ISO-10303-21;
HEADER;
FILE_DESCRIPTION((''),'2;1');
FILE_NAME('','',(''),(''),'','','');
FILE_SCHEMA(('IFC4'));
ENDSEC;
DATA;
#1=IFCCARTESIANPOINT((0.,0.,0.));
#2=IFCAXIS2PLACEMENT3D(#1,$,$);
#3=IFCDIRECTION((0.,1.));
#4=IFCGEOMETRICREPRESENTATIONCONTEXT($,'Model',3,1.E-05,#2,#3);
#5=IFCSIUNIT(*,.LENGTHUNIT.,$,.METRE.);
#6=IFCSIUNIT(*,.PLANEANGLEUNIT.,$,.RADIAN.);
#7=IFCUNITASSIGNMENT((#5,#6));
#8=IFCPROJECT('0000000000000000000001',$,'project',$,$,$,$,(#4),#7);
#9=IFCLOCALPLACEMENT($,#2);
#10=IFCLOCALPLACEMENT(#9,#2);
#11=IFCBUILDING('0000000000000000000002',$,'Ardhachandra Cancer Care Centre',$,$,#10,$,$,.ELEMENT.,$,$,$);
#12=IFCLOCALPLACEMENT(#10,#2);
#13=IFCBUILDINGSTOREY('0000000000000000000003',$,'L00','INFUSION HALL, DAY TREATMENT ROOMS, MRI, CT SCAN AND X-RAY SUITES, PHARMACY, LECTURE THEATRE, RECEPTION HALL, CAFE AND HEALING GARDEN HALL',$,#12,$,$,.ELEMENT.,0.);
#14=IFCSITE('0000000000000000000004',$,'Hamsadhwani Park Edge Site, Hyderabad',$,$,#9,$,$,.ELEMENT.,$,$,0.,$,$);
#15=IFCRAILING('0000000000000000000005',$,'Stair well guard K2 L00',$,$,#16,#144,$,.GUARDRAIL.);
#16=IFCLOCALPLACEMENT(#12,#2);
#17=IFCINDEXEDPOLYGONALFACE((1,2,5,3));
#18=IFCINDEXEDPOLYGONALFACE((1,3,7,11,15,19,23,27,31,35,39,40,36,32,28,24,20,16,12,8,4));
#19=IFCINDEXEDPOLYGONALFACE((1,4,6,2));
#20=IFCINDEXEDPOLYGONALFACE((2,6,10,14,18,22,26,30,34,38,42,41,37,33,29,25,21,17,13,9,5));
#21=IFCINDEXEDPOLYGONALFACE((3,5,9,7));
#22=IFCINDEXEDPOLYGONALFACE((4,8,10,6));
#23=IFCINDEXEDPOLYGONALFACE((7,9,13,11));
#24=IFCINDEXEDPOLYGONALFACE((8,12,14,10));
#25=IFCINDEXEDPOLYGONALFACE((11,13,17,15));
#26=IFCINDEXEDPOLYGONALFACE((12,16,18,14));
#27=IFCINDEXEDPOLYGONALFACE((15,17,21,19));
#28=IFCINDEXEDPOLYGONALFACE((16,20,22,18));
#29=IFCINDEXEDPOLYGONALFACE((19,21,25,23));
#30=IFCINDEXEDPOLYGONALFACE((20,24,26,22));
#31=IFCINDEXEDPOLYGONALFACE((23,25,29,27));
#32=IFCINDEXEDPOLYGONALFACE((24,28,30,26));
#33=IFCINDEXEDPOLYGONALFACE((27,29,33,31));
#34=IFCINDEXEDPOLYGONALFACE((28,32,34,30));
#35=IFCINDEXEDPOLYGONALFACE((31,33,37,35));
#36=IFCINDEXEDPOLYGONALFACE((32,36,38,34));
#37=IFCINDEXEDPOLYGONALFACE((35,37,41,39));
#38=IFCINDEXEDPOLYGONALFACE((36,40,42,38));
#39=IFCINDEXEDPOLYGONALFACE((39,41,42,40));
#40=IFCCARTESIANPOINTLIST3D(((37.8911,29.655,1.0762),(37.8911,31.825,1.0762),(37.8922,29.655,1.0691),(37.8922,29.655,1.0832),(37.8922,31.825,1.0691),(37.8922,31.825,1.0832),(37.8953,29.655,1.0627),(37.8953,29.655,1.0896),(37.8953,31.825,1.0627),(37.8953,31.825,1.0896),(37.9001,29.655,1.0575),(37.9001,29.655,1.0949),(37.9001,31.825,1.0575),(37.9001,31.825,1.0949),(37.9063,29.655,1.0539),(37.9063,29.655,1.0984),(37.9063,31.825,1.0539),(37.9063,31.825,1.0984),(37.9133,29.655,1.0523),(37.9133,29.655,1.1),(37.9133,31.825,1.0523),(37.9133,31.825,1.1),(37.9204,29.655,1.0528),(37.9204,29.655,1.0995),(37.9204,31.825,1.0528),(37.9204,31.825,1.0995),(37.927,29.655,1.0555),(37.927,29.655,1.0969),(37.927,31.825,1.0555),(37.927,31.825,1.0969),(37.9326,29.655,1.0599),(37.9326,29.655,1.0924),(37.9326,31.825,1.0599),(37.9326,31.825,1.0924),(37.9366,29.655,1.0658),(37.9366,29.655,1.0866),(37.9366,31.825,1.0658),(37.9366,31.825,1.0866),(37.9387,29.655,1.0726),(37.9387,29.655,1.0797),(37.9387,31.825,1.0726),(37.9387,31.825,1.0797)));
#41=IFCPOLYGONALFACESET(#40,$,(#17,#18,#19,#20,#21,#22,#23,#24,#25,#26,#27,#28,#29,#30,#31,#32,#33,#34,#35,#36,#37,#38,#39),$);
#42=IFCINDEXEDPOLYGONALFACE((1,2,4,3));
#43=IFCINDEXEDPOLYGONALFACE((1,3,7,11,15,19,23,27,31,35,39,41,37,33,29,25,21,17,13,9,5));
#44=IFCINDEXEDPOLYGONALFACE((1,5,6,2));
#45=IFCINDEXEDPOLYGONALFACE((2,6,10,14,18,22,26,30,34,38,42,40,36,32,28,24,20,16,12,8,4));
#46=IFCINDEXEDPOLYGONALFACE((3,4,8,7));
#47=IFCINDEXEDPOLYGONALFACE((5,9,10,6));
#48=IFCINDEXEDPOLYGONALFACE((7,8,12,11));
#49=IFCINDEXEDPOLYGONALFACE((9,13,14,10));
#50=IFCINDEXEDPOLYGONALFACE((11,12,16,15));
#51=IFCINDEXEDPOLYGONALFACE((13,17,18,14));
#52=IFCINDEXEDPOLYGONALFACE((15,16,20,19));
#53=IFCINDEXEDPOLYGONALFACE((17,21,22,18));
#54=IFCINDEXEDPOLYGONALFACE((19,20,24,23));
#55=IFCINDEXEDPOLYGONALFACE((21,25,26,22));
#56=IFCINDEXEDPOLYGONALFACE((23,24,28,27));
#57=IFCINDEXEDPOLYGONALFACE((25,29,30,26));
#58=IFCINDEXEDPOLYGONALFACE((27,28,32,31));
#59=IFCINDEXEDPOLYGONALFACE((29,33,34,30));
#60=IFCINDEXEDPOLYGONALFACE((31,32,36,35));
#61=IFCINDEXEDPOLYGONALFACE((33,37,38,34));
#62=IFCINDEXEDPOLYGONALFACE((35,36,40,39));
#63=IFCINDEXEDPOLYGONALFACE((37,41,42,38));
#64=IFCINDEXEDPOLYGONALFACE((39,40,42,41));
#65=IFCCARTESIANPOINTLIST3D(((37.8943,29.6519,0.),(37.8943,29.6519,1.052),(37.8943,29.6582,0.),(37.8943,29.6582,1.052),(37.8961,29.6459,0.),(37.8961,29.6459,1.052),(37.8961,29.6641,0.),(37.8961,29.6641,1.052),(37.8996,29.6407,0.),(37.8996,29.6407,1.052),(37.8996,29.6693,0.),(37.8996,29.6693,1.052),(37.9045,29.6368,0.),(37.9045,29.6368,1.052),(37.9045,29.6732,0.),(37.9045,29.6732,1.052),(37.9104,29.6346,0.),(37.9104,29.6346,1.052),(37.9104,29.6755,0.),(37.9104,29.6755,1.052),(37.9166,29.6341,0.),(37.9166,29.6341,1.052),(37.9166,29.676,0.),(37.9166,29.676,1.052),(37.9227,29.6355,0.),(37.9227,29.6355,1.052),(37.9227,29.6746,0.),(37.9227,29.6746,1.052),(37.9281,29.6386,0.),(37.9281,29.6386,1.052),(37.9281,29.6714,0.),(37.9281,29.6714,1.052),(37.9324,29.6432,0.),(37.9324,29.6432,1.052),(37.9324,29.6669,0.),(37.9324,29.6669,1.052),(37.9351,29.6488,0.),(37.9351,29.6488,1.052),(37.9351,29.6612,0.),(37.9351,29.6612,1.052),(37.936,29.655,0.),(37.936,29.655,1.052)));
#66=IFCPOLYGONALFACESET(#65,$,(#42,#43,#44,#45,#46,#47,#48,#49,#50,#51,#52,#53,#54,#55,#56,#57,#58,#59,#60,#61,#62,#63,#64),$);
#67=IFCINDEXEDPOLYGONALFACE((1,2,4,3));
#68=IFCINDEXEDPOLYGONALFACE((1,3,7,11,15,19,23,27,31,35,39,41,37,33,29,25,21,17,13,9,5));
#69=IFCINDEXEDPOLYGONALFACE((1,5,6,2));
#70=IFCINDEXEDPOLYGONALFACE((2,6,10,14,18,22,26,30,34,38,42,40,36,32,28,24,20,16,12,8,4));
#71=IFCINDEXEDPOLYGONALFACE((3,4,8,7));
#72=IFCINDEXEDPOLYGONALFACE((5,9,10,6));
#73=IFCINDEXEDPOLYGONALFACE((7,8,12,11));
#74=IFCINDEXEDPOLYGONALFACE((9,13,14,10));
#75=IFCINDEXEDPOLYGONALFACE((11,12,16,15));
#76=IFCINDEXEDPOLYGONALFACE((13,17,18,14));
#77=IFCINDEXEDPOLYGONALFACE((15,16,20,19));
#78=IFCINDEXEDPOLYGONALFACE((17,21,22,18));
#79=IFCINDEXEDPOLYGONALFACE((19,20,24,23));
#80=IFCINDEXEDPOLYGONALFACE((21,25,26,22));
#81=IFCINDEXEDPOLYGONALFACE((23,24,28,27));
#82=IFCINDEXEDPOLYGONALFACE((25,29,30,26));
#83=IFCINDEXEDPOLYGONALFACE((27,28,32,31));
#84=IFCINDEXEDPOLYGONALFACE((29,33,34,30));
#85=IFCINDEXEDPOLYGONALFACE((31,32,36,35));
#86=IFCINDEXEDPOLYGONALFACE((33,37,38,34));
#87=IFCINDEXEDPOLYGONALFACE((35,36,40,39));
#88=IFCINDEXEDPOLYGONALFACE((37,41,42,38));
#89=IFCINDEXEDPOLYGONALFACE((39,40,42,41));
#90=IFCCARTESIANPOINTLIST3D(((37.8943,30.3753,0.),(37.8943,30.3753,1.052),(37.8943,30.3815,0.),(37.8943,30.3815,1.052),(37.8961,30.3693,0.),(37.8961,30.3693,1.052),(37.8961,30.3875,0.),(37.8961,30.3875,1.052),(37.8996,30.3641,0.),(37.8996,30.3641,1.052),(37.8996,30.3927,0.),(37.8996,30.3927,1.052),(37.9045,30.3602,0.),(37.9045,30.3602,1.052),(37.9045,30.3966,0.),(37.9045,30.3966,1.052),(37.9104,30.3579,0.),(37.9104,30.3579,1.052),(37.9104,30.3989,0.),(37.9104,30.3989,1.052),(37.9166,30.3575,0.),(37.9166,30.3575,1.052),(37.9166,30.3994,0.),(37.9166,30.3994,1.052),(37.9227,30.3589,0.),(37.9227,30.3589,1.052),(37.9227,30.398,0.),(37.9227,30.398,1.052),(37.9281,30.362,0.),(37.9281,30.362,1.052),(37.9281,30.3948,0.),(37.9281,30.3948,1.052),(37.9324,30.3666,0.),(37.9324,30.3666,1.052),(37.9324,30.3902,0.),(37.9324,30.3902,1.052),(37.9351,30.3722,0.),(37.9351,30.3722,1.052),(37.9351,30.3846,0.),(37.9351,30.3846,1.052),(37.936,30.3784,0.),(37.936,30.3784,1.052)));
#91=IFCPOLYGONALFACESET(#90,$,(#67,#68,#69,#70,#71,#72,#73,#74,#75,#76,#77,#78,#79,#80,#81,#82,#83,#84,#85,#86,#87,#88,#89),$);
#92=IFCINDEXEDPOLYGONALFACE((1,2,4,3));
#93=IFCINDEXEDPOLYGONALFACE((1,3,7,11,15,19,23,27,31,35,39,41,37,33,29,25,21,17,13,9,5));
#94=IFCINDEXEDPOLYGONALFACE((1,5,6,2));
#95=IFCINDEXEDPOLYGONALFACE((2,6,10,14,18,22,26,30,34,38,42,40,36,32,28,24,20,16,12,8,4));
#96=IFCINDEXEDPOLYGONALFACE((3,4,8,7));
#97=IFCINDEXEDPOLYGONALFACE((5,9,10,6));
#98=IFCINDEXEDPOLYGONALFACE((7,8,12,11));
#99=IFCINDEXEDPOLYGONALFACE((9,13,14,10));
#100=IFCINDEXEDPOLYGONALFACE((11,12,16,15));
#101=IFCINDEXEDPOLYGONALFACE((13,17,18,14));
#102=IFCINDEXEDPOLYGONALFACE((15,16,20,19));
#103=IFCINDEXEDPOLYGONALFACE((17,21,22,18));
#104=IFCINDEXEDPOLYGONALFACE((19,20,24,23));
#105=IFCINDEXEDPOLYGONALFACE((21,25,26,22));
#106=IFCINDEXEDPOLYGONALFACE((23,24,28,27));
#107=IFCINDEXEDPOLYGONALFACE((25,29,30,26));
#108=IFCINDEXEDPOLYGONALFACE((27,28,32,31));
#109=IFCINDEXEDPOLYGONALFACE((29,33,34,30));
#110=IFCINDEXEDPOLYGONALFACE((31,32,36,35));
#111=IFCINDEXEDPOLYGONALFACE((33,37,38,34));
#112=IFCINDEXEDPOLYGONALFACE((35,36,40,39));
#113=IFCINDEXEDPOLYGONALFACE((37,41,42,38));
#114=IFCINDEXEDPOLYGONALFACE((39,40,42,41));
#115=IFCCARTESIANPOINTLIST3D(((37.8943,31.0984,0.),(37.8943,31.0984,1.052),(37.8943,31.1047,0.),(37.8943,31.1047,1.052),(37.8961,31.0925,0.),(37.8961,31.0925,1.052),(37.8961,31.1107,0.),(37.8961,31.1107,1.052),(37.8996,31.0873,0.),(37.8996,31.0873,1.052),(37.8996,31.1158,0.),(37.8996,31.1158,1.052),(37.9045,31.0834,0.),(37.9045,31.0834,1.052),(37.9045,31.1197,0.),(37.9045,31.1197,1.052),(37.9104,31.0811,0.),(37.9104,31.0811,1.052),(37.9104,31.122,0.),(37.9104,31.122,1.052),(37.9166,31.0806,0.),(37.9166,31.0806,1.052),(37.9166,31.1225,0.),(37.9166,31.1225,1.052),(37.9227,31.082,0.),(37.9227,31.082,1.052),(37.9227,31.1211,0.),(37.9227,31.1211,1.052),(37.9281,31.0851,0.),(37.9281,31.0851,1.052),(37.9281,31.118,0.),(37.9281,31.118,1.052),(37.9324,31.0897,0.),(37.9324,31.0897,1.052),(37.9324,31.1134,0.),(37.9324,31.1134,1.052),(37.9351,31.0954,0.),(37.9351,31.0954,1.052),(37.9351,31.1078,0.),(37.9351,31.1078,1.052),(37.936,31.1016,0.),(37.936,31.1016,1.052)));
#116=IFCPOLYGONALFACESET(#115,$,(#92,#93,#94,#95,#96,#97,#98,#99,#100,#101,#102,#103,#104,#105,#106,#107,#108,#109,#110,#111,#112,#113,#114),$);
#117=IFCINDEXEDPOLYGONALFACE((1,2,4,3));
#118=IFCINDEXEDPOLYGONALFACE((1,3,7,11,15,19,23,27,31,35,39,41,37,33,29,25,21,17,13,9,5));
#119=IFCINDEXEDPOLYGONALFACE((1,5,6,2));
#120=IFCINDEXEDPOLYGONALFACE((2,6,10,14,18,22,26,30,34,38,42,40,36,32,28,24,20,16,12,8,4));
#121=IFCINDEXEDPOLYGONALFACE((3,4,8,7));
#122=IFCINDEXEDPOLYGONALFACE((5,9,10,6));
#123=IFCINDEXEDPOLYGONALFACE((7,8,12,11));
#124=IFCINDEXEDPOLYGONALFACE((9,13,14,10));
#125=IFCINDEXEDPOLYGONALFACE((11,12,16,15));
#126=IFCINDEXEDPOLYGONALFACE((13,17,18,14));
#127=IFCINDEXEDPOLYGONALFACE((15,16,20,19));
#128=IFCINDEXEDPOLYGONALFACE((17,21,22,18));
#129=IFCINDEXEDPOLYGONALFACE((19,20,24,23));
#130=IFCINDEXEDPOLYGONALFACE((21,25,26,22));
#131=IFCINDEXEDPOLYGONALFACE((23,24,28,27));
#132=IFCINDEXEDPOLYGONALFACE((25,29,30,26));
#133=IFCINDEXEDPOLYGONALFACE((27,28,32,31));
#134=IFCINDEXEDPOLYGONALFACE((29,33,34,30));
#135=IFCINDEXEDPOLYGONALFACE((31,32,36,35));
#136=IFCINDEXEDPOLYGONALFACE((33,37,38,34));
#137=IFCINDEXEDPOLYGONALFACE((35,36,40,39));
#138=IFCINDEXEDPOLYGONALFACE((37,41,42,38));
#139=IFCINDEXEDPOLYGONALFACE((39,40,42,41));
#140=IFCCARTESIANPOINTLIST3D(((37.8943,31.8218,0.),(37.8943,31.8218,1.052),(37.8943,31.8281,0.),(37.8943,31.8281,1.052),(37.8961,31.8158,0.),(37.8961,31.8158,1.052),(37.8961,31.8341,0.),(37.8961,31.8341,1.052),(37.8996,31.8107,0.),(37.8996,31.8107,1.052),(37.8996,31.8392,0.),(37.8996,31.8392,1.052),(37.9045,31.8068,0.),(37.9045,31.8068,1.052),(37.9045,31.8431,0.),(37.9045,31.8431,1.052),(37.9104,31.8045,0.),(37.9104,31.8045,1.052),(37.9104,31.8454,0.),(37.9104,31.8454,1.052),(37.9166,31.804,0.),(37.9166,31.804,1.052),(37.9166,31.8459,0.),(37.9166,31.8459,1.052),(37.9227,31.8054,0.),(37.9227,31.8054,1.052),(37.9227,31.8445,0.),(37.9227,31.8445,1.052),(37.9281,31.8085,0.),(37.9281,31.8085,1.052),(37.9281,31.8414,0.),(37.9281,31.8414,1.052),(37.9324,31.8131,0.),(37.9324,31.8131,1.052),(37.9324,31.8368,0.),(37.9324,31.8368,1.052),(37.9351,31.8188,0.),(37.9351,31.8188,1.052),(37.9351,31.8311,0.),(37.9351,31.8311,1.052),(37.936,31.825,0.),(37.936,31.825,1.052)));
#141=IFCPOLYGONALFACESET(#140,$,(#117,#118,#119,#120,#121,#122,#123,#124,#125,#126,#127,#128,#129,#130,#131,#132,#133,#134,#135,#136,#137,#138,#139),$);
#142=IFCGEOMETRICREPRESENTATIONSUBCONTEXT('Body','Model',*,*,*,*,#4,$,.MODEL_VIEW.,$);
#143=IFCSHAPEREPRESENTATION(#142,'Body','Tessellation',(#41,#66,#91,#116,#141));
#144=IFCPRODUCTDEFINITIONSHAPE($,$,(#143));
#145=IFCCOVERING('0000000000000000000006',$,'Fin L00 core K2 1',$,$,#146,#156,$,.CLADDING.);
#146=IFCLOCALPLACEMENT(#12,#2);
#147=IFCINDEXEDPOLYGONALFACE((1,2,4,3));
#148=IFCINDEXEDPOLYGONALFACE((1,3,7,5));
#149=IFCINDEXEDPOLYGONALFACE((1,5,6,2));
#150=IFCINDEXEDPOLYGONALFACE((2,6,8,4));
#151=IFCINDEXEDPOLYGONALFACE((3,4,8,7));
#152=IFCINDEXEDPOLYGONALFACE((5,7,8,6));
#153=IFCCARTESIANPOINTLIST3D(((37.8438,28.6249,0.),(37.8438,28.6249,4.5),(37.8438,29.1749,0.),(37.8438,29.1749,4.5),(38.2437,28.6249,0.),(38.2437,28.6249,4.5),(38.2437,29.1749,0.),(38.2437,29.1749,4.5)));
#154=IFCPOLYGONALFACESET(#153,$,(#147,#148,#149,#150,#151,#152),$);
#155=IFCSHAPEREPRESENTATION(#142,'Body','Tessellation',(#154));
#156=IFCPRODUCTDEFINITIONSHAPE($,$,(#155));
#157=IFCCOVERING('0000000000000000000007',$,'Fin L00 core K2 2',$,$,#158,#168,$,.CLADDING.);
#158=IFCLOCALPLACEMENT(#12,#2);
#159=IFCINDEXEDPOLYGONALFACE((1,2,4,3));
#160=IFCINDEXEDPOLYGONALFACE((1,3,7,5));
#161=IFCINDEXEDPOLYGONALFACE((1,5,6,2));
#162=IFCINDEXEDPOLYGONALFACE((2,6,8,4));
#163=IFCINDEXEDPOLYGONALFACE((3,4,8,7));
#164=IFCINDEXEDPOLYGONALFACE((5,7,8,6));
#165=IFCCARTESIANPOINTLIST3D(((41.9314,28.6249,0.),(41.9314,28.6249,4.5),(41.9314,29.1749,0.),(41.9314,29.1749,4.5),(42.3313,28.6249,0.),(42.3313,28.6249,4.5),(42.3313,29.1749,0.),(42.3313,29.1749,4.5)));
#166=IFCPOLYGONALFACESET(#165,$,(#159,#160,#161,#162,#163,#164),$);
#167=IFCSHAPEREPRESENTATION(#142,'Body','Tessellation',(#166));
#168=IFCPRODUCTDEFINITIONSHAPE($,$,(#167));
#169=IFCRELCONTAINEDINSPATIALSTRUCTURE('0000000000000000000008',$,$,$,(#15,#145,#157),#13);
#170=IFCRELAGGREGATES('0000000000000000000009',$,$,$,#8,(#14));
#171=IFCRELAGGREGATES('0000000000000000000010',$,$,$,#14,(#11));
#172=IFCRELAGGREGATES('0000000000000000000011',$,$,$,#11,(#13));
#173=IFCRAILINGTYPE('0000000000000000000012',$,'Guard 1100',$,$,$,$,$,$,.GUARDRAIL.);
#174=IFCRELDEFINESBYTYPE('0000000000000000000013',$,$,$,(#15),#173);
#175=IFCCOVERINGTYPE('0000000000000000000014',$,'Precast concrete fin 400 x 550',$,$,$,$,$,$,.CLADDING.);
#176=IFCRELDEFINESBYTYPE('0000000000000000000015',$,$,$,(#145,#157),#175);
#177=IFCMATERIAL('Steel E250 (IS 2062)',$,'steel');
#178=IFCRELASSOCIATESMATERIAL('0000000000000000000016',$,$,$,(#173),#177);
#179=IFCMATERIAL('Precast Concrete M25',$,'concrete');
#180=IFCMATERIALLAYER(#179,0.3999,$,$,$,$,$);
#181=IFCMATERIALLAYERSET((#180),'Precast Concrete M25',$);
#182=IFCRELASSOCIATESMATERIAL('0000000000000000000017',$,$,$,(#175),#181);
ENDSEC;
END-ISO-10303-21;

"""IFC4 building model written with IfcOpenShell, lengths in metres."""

from ifc_helpers import new_model, si_unit, direction, frame, origin, origin_2d, place, context, subcontext, project, spatial, rectangle, circle, extrude, material, layer, layer_set, type_object, element, save


model = new_model("IFC4")

# Units and contexts
model_context = context("Model", 3, precision=1e-05, world=origin(), true_north=direction((0.0, 1.0)))
body_context = subcontext(model_context, "Body", "Model", "MODEL_VIEW")
ifc_project = project(units=[si_unit("LENGTHUNIT", "METRE"), si_unit("PLANEANGLEUNIT", "RADIAN")], contexts=[model_context])

# Site, building, storey
site_placement = place(None, origin())
site = spatial("IfcSite", under=ifc_project, at=site_placement, Name="Hamsadhwani Park Edge Site, Hyderabad", CompositionType="ELEMENT", RefElevation=0.0)
building_placement = place(site_placement, origin())
building = spatial("IfcBuilding", under=site, at=building_placement, Name="Ardhachandra Cancer Care Centre", CompositionType="ELEMENT")
storey_placement = place(building_placement, origin())
storey = spatial("IfcBuildingStorey", under=building, at=storey_placement, Name="L00", Description="INFUSION HALL, DAY TREATMENT ROOMS, MRI, CT SCAN AND X-RAY SUITES, PHARMACY, LECTURE THEATRE, RECEPTION HALL, CAFE AND HEALING GARDEN HALL", CompositionType="ELEMENT", Elevation=0.0)

# Railing
ifc_material_1 = material(Name="Steel E250 (IS 2062)", Category="steel")
railing_type_1 = type_object("IfcRailingType", Name="Guard 1100", PredefinedType="GUARDRAIL", material=ifc_material_1)
railing_placement = place(storey_placement, frame((37.915, 29.655, 0.0)))
element("IfcRailing", 1, at=railing_placement, inside=storey, type_object=railing_type_1, Name="Stair well guard K2 L00", PredefinedType="GUARDRAIL", context=body_context, shape_type="SweptSolid", body=[
    extrude(circle(Radius=0.0239, at=origin_2d()), frame((0.0, 0.0, 1.0762), z_axis=(0.0, 1.0, 0.0), x_axis=(-1.0, 0.0, 0.0)), (0.0, 0.0, 1.0), 2.1699),
    extrude(circle(Radius=0.021, at=origin_2d()), origin(), (0.0, 0.0, 1.0), 1.052),
    extrude(circle(Radius=0.021, at=origin_2d()), frame((0.0, 0.7234, 0.0)), (0.0, 0.0, 1.0), 1.052),
    extrude(circle(Radius=0.021, at=origin_2d()), frame((0.0, 1.4465, 0.0)), (0.0, 0.0, 1.0), 1.052),
    extrude(circle(Radius=0.021, at=origin_2d()), frame((0.0, 2.1699, 0.0)), (0.0, 0.0, 1.0), 1.052),
])

# Coverings
ifc_material_2 = material(Name="Precast Concrete M25", Category="concrete")
ifc_layer_1 = layer(ifc_material_2, 0.3999)
ifc_layer_set_1 = layer_set([ifc_layer_1], Name="Precast Concrete M25")
covering_type = type_object("IfcCoveringType", Name="Precast concrete fin 400 x 550", PredefinedType="CLADDING", material=ifc_layer_set_1)
for number, where, z_axis, x_axis, name in (
    (2, (38.0437, 28.8999, 0.0), (0.0, 0.0, 1.0), (1.0, 0.0, 0.0), "Fin L00 core K2 1"),
    (3, (42.1313, 28.8999, 0.0), (0.0, 0.0, 1.0), (1.0, 0.0, 0.0), "Fin L00 core K2 2"),
):
    element("IfcCovering", number, at=place(storey_placement, frame(where, z_axis=z_axis, x_axis=x_axis)), inside=storey, type_object=covering_type, Name=name, PredefinedType="CLADDING", context=body_context, shape_type="SweptSolid", body=[
        extrude(rectangle(XDim=0.3999, YDim=0.55, at=origin_2d()), origin(), (0.0, 0.0, 1.0), 4.5),
    ])

save(model, "model.ifc")
